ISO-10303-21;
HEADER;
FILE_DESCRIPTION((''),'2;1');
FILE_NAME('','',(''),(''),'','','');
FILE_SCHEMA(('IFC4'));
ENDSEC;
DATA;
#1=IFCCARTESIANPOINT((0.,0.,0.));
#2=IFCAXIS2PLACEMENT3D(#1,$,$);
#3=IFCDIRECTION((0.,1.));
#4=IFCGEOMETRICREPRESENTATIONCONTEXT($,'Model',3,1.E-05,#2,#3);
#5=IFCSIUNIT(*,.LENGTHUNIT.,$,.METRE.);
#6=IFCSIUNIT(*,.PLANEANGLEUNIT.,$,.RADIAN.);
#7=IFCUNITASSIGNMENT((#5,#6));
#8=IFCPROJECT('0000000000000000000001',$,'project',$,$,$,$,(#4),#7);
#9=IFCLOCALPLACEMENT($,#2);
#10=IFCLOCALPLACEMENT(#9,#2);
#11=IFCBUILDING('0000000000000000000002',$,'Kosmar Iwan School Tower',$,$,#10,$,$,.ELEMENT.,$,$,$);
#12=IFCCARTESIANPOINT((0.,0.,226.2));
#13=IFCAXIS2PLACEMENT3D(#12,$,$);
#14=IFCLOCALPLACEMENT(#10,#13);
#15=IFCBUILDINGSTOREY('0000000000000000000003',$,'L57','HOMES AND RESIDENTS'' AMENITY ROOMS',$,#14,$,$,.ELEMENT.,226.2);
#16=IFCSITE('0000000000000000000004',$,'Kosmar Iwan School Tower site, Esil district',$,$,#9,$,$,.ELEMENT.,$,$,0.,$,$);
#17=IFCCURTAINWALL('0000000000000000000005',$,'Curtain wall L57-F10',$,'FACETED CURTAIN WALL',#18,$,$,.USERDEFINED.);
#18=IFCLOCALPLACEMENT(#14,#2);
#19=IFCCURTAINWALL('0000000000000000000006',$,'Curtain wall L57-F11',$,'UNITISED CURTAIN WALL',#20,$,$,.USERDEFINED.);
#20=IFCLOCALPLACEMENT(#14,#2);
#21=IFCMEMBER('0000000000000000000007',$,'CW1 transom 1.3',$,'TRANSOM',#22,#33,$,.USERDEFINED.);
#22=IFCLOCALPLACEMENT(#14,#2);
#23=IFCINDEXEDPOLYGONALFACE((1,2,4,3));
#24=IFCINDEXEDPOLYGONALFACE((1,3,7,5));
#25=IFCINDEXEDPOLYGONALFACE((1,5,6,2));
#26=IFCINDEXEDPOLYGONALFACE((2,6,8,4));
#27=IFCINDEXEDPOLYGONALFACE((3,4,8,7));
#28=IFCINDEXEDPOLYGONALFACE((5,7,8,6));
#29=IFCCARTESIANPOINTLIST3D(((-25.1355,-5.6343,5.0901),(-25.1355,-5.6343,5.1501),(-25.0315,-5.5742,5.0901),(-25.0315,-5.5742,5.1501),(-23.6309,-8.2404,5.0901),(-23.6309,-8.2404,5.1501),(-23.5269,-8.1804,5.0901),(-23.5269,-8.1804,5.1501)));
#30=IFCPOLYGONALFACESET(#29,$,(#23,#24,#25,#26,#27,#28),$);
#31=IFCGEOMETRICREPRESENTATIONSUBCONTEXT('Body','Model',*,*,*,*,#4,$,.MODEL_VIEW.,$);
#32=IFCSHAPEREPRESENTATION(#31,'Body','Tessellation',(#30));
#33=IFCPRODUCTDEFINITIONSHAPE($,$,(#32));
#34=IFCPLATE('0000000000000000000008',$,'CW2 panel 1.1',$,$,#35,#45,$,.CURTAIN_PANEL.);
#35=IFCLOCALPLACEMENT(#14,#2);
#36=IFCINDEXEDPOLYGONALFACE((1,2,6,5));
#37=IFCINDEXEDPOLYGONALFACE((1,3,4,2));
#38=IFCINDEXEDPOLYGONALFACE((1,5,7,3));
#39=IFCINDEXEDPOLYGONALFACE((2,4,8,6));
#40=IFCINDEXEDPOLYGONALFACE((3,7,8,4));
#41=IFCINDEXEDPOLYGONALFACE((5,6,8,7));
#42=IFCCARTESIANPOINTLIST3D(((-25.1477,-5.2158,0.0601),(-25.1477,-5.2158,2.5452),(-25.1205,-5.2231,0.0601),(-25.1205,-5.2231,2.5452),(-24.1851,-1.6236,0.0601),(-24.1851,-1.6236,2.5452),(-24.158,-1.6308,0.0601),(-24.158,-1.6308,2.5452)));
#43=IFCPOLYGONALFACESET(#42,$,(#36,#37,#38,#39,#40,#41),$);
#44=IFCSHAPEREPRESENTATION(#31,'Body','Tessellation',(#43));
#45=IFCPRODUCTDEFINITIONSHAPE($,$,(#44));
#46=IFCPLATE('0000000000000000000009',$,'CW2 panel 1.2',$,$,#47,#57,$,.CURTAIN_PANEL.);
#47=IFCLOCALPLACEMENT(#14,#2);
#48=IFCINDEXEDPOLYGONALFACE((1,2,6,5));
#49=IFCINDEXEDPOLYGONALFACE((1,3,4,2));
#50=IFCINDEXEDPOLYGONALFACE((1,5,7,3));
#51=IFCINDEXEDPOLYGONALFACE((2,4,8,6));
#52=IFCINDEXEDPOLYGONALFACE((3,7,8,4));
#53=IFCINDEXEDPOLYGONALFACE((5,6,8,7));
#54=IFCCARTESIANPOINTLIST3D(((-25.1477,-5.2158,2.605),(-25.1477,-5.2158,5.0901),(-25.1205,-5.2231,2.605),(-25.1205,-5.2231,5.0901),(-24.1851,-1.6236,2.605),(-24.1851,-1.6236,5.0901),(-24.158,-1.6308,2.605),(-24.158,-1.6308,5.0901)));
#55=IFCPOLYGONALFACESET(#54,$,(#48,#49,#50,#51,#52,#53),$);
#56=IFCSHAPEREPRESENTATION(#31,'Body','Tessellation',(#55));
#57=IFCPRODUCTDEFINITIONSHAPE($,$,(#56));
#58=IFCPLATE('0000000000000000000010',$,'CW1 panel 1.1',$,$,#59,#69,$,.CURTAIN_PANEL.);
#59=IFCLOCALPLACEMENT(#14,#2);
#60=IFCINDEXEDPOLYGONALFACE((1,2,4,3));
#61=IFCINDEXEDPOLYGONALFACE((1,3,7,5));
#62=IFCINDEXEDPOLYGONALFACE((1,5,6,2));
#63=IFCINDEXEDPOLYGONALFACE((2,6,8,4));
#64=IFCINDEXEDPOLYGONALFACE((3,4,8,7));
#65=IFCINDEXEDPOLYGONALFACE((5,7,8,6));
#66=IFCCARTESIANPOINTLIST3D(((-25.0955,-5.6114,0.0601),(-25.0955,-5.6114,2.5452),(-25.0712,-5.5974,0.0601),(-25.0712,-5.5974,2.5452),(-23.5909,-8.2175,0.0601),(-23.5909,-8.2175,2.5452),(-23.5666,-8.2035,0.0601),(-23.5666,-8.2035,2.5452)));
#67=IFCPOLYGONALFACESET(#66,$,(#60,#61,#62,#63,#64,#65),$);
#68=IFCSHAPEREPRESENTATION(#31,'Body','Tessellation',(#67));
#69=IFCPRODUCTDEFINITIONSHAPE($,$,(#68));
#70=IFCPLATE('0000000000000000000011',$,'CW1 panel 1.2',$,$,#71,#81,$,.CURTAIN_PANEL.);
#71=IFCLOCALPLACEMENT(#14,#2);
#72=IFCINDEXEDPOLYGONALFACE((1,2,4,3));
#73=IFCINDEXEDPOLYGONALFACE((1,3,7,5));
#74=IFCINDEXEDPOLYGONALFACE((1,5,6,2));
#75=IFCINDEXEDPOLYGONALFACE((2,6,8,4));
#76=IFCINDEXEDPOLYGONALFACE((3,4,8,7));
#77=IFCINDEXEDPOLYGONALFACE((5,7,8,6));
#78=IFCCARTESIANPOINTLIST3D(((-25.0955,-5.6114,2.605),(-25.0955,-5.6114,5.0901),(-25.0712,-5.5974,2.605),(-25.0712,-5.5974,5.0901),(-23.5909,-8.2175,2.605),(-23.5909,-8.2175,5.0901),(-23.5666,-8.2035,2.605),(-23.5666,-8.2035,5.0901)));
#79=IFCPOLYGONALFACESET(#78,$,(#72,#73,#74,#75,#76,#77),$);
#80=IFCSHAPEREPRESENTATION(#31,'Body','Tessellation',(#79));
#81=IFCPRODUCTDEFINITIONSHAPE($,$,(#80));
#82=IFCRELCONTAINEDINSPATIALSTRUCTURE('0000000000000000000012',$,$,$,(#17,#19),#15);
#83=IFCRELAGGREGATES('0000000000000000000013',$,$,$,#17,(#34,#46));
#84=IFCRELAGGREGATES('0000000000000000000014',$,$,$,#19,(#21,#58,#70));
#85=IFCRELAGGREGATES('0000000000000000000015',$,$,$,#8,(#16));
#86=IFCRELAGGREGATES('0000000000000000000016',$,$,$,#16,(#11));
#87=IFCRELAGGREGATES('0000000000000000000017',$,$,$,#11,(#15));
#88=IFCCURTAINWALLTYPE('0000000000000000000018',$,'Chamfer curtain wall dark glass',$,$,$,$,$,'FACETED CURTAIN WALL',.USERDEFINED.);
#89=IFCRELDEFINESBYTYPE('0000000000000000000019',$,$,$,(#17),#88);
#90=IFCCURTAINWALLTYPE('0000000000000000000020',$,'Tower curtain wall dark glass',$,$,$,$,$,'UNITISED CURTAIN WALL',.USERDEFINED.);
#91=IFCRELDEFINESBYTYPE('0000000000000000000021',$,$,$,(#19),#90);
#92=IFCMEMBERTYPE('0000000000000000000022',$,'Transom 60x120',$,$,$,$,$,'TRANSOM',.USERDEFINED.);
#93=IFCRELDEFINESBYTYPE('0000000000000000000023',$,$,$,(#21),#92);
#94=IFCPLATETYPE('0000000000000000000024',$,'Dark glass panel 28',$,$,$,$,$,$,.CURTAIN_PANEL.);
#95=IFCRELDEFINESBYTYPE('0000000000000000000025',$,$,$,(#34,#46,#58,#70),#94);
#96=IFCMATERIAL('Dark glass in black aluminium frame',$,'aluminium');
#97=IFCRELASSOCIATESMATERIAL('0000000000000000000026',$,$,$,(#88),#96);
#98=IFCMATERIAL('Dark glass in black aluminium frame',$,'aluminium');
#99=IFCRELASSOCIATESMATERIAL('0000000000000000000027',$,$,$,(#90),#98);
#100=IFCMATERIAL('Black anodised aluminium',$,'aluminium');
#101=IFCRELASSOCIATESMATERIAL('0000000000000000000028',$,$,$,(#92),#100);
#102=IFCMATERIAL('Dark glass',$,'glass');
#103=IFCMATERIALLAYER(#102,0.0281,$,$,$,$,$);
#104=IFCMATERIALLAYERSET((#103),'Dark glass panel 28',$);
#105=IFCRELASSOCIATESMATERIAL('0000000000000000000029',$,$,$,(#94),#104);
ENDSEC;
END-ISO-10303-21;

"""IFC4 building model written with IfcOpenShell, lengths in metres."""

from ifc_helpers import new_model, si_unit, direction, frame, origin, origin_2d, place, context, subcontext, project, spatial, rectangle, extrude, material, layer, layer_set, material_profile, profile_set, type_object, element, aggregate, save


model = new_model("IFC4")

# Units and contexts
model_context = context("Model", 3, precision=1e-05, world=origin(), true_north=direction((0.0, 1.0)))
body_context = subcontext(model_context, "Body", "Model", "MODEL_VIEW")
ifc_project = project(units=[si_unit("LENGTHUNIT", "METRE"), si_unit("PLANEANGLEUNIT", "RADIAN")], contexts=[model_context])

# Site, building, storey
site_placement = place(None, origin())
site = spatial("IfcSite", under=ifc_project, at=site_placement, Name="Kosmar Iwan School Tower site, Esil district", CompositionType="ELEMENT", RefElevation=0.0)
building_placement = place(site_placement, origin())
building = spatial("IfcBuilding", under=site, at=building_placement, Name="Kosmar Iwan School Tower", CompositionType="ELEMENT")
storey_placement = place(building_placement, frame((0.0, 0.0, 226.2)))
storey = spatial("IfcBuildingStorey", under=building, at=storey_placement, Name="L57", Description="HOMES AND RESIDENTS' AMENITY ROOMS", CompositionType="ELEMENT", Elevation=226.2)

# Curtain walls
ifc_material_1 = material(Name="Dark glass in black aluminium frame", Category="aluminium")
curtain_wall_type_1 = type_object("IfcCurtainWallType", Name="Chamfer curtain wall dark glass", ElementType="FACETED CURTAIN WALL", PredefinedType="USERDEFINED", material=ifc_material_1)
curtain_wall_1_placement = place(storey_placement, origin())
curtain_wall_1 = element("IfcCurtainWall", 1, at=curtain_wall_1_placement, inside=storey, type_object=curtain_wall_type_1, Name="Curtain wall L57-F10", ObjectType="FACETED CURTAIN WALL", PredefinedType="USERDEFINED")
ifc_material_2 = material(Name="Dark glass in black aluminium frame", Category="aluminium")
curtain_wall_type_2 = type_object("IfcCurtainWallType", Name="Tower curtain wall dark glass", ElementType="UNITISED CURTAIN WALL", PredefinedType="USERDEFINED", material=ifc_material_2)
curtain_wall_2_placement = place(storey_placement, origin())
curtain_wall_2 = element("IfcCurtainWall", 2, at=curtain_wall_2_placement, inside=storey, type_object=curtain_wall_type_2, Name="Curtain wall L57-F11", ObjectType="UNITISED CURTAIN WALL", PredefinedType="USERDEFINED")

# Member
ifc_material_3 = material(Name="Black anodised aluminium", Category="aluminium")
ifc_material_profile_1 = material_profile(ifc_material_3, rectangle(XDim=0.1201, YDim=0.0601, at=origin_2d()), Name="TRANSOM 60x120")
ifc_profile_set_1 = profile_set([ifc_material_profile_1], Name="Black anodised aluminium")
member_type_1 = type_object("IfcMemberType", Name="Transom 60x120", ElementType="TRANSOM", PredefinedType="USERDEFINED", material=ifc_profile_set_1)
member_1_placement = place(storey_placement, frame((-25.0835, -5.6042, 5.1201), z_axis=(0.499987, -0.866033, 0.0), x_axis=(0.866033, 0.499987, 0.0)))
member_1 = element("IfcMember", 3, at=member_1_placement, type_object=member_type_1, Name="CW1 transom 1.3", ObjectType="TRANSOM", PredefinedType="USERDEFINED", context=body_context, shape_type="SweptSolid", body=[
    extrude(rectangle(XDim=0.1201, YDim=0.0601, at=origin_2d()), origin(), (0.0, 0.0, 1.0), 3.0093),
])

# Plates
ifc_material_4 = material(Name="Dark glass", Category="glass")
ifc_layer = layer(ifc_material_4, 0.0281)
ifc_layer_set = layer_set([ifc_layer], Name="Dark glass panel 28")
plate_type = type_object("IfcPlateType", Name="Dark glass panel 28", PredefinedType="CURTAIN_PANEL", material=ifc_layer_set)
plate_1_placement = place(storey_placement, frame((-24.6528, -3.4233, 0.0601), z_axis=(0.0, 0.0, 1.0), x_axis=(-0.258819, -0.965926, 0.0)))
plate_1 = element("IfcPlate", 4, at=plate_1_placement, type_object=plate_type, Name="CW2 panel 1.1", PredefinedType="CURTAIN_PANEL", context=body_context, shape_type="SweptSolid", body=[
    extrude(rectangle(XDim=3.719, YDim=0.0281, at=origin_2d()), origin(), (0.0, 0.0, 1.0), 2.4851),
])
plate_2_placement = place(storey_placement, frame((-24.6528, -3.4233, 2.605), z_axis=(0.0, 0.0, 1.0), x_axis=(-0.258819, -0.965926, 0.0)))
plate_2 = element("IfcPlate", 5, at=plate_2_placement, type_object=plate_type, Name="CW2 panel 1.2", PredefinedType="CURTAIN_PANEL", context=body_context, shape_type="SweptSolid", body=[
    extrude(rectangle(XDim=3.719, YDim=0.0281, at=origin_2d()), origin(), (0.0, 0.0, 1.0), 2.4851),
])
aggregate(curtain_wall_1, [plate_1, plate_2])
plate_3_placement = place(storey_placement, frame((-24.3311, -6.9075, 0.0601), z_axis=(0.0, 0.0, 1.0), x_axis=(0.5, -0.866025, 0.0)))
plate_3 = element("IfcPlate", 6, at=plate_3_placement, type_object=plate_type, Name="CW1 panel 1.1", PredefinedType="CURTAIN_PANEL", context=body_context, shape_type="SweptSolid", body=[
    extrude(rectangle(XDim=3.0093, YDim=0.0281, at=origin_2d()), origin(), (0.0, 0.0, 1.0), 2.4851),
])
plate_4_placement = place(storey_placement, frame((-24.3311, -6.9075, 2.605), z_axis=(0.0, 0.0, 1.0), x_axis=(0.5, -0.866025, 0.0)))
plate_4 = element("IfcPlate", 7, at=plate_4_placement, type_object=plate_type, Name="CW1 panel 1.2", PredefinedType="CURTAIN_PANEL", context=body_context, shape_type="SweptSolid", body=[
    extrude(rectangle(XDim=3.0093, YDim=0.0281, at=origin_2d()), origin(), (0.0, 0.0, 1.0), 2.4851),
])
aggregate(curtain_wall_2, [member_1, plate_3, plate_4])

save(model, "model.ifc")
